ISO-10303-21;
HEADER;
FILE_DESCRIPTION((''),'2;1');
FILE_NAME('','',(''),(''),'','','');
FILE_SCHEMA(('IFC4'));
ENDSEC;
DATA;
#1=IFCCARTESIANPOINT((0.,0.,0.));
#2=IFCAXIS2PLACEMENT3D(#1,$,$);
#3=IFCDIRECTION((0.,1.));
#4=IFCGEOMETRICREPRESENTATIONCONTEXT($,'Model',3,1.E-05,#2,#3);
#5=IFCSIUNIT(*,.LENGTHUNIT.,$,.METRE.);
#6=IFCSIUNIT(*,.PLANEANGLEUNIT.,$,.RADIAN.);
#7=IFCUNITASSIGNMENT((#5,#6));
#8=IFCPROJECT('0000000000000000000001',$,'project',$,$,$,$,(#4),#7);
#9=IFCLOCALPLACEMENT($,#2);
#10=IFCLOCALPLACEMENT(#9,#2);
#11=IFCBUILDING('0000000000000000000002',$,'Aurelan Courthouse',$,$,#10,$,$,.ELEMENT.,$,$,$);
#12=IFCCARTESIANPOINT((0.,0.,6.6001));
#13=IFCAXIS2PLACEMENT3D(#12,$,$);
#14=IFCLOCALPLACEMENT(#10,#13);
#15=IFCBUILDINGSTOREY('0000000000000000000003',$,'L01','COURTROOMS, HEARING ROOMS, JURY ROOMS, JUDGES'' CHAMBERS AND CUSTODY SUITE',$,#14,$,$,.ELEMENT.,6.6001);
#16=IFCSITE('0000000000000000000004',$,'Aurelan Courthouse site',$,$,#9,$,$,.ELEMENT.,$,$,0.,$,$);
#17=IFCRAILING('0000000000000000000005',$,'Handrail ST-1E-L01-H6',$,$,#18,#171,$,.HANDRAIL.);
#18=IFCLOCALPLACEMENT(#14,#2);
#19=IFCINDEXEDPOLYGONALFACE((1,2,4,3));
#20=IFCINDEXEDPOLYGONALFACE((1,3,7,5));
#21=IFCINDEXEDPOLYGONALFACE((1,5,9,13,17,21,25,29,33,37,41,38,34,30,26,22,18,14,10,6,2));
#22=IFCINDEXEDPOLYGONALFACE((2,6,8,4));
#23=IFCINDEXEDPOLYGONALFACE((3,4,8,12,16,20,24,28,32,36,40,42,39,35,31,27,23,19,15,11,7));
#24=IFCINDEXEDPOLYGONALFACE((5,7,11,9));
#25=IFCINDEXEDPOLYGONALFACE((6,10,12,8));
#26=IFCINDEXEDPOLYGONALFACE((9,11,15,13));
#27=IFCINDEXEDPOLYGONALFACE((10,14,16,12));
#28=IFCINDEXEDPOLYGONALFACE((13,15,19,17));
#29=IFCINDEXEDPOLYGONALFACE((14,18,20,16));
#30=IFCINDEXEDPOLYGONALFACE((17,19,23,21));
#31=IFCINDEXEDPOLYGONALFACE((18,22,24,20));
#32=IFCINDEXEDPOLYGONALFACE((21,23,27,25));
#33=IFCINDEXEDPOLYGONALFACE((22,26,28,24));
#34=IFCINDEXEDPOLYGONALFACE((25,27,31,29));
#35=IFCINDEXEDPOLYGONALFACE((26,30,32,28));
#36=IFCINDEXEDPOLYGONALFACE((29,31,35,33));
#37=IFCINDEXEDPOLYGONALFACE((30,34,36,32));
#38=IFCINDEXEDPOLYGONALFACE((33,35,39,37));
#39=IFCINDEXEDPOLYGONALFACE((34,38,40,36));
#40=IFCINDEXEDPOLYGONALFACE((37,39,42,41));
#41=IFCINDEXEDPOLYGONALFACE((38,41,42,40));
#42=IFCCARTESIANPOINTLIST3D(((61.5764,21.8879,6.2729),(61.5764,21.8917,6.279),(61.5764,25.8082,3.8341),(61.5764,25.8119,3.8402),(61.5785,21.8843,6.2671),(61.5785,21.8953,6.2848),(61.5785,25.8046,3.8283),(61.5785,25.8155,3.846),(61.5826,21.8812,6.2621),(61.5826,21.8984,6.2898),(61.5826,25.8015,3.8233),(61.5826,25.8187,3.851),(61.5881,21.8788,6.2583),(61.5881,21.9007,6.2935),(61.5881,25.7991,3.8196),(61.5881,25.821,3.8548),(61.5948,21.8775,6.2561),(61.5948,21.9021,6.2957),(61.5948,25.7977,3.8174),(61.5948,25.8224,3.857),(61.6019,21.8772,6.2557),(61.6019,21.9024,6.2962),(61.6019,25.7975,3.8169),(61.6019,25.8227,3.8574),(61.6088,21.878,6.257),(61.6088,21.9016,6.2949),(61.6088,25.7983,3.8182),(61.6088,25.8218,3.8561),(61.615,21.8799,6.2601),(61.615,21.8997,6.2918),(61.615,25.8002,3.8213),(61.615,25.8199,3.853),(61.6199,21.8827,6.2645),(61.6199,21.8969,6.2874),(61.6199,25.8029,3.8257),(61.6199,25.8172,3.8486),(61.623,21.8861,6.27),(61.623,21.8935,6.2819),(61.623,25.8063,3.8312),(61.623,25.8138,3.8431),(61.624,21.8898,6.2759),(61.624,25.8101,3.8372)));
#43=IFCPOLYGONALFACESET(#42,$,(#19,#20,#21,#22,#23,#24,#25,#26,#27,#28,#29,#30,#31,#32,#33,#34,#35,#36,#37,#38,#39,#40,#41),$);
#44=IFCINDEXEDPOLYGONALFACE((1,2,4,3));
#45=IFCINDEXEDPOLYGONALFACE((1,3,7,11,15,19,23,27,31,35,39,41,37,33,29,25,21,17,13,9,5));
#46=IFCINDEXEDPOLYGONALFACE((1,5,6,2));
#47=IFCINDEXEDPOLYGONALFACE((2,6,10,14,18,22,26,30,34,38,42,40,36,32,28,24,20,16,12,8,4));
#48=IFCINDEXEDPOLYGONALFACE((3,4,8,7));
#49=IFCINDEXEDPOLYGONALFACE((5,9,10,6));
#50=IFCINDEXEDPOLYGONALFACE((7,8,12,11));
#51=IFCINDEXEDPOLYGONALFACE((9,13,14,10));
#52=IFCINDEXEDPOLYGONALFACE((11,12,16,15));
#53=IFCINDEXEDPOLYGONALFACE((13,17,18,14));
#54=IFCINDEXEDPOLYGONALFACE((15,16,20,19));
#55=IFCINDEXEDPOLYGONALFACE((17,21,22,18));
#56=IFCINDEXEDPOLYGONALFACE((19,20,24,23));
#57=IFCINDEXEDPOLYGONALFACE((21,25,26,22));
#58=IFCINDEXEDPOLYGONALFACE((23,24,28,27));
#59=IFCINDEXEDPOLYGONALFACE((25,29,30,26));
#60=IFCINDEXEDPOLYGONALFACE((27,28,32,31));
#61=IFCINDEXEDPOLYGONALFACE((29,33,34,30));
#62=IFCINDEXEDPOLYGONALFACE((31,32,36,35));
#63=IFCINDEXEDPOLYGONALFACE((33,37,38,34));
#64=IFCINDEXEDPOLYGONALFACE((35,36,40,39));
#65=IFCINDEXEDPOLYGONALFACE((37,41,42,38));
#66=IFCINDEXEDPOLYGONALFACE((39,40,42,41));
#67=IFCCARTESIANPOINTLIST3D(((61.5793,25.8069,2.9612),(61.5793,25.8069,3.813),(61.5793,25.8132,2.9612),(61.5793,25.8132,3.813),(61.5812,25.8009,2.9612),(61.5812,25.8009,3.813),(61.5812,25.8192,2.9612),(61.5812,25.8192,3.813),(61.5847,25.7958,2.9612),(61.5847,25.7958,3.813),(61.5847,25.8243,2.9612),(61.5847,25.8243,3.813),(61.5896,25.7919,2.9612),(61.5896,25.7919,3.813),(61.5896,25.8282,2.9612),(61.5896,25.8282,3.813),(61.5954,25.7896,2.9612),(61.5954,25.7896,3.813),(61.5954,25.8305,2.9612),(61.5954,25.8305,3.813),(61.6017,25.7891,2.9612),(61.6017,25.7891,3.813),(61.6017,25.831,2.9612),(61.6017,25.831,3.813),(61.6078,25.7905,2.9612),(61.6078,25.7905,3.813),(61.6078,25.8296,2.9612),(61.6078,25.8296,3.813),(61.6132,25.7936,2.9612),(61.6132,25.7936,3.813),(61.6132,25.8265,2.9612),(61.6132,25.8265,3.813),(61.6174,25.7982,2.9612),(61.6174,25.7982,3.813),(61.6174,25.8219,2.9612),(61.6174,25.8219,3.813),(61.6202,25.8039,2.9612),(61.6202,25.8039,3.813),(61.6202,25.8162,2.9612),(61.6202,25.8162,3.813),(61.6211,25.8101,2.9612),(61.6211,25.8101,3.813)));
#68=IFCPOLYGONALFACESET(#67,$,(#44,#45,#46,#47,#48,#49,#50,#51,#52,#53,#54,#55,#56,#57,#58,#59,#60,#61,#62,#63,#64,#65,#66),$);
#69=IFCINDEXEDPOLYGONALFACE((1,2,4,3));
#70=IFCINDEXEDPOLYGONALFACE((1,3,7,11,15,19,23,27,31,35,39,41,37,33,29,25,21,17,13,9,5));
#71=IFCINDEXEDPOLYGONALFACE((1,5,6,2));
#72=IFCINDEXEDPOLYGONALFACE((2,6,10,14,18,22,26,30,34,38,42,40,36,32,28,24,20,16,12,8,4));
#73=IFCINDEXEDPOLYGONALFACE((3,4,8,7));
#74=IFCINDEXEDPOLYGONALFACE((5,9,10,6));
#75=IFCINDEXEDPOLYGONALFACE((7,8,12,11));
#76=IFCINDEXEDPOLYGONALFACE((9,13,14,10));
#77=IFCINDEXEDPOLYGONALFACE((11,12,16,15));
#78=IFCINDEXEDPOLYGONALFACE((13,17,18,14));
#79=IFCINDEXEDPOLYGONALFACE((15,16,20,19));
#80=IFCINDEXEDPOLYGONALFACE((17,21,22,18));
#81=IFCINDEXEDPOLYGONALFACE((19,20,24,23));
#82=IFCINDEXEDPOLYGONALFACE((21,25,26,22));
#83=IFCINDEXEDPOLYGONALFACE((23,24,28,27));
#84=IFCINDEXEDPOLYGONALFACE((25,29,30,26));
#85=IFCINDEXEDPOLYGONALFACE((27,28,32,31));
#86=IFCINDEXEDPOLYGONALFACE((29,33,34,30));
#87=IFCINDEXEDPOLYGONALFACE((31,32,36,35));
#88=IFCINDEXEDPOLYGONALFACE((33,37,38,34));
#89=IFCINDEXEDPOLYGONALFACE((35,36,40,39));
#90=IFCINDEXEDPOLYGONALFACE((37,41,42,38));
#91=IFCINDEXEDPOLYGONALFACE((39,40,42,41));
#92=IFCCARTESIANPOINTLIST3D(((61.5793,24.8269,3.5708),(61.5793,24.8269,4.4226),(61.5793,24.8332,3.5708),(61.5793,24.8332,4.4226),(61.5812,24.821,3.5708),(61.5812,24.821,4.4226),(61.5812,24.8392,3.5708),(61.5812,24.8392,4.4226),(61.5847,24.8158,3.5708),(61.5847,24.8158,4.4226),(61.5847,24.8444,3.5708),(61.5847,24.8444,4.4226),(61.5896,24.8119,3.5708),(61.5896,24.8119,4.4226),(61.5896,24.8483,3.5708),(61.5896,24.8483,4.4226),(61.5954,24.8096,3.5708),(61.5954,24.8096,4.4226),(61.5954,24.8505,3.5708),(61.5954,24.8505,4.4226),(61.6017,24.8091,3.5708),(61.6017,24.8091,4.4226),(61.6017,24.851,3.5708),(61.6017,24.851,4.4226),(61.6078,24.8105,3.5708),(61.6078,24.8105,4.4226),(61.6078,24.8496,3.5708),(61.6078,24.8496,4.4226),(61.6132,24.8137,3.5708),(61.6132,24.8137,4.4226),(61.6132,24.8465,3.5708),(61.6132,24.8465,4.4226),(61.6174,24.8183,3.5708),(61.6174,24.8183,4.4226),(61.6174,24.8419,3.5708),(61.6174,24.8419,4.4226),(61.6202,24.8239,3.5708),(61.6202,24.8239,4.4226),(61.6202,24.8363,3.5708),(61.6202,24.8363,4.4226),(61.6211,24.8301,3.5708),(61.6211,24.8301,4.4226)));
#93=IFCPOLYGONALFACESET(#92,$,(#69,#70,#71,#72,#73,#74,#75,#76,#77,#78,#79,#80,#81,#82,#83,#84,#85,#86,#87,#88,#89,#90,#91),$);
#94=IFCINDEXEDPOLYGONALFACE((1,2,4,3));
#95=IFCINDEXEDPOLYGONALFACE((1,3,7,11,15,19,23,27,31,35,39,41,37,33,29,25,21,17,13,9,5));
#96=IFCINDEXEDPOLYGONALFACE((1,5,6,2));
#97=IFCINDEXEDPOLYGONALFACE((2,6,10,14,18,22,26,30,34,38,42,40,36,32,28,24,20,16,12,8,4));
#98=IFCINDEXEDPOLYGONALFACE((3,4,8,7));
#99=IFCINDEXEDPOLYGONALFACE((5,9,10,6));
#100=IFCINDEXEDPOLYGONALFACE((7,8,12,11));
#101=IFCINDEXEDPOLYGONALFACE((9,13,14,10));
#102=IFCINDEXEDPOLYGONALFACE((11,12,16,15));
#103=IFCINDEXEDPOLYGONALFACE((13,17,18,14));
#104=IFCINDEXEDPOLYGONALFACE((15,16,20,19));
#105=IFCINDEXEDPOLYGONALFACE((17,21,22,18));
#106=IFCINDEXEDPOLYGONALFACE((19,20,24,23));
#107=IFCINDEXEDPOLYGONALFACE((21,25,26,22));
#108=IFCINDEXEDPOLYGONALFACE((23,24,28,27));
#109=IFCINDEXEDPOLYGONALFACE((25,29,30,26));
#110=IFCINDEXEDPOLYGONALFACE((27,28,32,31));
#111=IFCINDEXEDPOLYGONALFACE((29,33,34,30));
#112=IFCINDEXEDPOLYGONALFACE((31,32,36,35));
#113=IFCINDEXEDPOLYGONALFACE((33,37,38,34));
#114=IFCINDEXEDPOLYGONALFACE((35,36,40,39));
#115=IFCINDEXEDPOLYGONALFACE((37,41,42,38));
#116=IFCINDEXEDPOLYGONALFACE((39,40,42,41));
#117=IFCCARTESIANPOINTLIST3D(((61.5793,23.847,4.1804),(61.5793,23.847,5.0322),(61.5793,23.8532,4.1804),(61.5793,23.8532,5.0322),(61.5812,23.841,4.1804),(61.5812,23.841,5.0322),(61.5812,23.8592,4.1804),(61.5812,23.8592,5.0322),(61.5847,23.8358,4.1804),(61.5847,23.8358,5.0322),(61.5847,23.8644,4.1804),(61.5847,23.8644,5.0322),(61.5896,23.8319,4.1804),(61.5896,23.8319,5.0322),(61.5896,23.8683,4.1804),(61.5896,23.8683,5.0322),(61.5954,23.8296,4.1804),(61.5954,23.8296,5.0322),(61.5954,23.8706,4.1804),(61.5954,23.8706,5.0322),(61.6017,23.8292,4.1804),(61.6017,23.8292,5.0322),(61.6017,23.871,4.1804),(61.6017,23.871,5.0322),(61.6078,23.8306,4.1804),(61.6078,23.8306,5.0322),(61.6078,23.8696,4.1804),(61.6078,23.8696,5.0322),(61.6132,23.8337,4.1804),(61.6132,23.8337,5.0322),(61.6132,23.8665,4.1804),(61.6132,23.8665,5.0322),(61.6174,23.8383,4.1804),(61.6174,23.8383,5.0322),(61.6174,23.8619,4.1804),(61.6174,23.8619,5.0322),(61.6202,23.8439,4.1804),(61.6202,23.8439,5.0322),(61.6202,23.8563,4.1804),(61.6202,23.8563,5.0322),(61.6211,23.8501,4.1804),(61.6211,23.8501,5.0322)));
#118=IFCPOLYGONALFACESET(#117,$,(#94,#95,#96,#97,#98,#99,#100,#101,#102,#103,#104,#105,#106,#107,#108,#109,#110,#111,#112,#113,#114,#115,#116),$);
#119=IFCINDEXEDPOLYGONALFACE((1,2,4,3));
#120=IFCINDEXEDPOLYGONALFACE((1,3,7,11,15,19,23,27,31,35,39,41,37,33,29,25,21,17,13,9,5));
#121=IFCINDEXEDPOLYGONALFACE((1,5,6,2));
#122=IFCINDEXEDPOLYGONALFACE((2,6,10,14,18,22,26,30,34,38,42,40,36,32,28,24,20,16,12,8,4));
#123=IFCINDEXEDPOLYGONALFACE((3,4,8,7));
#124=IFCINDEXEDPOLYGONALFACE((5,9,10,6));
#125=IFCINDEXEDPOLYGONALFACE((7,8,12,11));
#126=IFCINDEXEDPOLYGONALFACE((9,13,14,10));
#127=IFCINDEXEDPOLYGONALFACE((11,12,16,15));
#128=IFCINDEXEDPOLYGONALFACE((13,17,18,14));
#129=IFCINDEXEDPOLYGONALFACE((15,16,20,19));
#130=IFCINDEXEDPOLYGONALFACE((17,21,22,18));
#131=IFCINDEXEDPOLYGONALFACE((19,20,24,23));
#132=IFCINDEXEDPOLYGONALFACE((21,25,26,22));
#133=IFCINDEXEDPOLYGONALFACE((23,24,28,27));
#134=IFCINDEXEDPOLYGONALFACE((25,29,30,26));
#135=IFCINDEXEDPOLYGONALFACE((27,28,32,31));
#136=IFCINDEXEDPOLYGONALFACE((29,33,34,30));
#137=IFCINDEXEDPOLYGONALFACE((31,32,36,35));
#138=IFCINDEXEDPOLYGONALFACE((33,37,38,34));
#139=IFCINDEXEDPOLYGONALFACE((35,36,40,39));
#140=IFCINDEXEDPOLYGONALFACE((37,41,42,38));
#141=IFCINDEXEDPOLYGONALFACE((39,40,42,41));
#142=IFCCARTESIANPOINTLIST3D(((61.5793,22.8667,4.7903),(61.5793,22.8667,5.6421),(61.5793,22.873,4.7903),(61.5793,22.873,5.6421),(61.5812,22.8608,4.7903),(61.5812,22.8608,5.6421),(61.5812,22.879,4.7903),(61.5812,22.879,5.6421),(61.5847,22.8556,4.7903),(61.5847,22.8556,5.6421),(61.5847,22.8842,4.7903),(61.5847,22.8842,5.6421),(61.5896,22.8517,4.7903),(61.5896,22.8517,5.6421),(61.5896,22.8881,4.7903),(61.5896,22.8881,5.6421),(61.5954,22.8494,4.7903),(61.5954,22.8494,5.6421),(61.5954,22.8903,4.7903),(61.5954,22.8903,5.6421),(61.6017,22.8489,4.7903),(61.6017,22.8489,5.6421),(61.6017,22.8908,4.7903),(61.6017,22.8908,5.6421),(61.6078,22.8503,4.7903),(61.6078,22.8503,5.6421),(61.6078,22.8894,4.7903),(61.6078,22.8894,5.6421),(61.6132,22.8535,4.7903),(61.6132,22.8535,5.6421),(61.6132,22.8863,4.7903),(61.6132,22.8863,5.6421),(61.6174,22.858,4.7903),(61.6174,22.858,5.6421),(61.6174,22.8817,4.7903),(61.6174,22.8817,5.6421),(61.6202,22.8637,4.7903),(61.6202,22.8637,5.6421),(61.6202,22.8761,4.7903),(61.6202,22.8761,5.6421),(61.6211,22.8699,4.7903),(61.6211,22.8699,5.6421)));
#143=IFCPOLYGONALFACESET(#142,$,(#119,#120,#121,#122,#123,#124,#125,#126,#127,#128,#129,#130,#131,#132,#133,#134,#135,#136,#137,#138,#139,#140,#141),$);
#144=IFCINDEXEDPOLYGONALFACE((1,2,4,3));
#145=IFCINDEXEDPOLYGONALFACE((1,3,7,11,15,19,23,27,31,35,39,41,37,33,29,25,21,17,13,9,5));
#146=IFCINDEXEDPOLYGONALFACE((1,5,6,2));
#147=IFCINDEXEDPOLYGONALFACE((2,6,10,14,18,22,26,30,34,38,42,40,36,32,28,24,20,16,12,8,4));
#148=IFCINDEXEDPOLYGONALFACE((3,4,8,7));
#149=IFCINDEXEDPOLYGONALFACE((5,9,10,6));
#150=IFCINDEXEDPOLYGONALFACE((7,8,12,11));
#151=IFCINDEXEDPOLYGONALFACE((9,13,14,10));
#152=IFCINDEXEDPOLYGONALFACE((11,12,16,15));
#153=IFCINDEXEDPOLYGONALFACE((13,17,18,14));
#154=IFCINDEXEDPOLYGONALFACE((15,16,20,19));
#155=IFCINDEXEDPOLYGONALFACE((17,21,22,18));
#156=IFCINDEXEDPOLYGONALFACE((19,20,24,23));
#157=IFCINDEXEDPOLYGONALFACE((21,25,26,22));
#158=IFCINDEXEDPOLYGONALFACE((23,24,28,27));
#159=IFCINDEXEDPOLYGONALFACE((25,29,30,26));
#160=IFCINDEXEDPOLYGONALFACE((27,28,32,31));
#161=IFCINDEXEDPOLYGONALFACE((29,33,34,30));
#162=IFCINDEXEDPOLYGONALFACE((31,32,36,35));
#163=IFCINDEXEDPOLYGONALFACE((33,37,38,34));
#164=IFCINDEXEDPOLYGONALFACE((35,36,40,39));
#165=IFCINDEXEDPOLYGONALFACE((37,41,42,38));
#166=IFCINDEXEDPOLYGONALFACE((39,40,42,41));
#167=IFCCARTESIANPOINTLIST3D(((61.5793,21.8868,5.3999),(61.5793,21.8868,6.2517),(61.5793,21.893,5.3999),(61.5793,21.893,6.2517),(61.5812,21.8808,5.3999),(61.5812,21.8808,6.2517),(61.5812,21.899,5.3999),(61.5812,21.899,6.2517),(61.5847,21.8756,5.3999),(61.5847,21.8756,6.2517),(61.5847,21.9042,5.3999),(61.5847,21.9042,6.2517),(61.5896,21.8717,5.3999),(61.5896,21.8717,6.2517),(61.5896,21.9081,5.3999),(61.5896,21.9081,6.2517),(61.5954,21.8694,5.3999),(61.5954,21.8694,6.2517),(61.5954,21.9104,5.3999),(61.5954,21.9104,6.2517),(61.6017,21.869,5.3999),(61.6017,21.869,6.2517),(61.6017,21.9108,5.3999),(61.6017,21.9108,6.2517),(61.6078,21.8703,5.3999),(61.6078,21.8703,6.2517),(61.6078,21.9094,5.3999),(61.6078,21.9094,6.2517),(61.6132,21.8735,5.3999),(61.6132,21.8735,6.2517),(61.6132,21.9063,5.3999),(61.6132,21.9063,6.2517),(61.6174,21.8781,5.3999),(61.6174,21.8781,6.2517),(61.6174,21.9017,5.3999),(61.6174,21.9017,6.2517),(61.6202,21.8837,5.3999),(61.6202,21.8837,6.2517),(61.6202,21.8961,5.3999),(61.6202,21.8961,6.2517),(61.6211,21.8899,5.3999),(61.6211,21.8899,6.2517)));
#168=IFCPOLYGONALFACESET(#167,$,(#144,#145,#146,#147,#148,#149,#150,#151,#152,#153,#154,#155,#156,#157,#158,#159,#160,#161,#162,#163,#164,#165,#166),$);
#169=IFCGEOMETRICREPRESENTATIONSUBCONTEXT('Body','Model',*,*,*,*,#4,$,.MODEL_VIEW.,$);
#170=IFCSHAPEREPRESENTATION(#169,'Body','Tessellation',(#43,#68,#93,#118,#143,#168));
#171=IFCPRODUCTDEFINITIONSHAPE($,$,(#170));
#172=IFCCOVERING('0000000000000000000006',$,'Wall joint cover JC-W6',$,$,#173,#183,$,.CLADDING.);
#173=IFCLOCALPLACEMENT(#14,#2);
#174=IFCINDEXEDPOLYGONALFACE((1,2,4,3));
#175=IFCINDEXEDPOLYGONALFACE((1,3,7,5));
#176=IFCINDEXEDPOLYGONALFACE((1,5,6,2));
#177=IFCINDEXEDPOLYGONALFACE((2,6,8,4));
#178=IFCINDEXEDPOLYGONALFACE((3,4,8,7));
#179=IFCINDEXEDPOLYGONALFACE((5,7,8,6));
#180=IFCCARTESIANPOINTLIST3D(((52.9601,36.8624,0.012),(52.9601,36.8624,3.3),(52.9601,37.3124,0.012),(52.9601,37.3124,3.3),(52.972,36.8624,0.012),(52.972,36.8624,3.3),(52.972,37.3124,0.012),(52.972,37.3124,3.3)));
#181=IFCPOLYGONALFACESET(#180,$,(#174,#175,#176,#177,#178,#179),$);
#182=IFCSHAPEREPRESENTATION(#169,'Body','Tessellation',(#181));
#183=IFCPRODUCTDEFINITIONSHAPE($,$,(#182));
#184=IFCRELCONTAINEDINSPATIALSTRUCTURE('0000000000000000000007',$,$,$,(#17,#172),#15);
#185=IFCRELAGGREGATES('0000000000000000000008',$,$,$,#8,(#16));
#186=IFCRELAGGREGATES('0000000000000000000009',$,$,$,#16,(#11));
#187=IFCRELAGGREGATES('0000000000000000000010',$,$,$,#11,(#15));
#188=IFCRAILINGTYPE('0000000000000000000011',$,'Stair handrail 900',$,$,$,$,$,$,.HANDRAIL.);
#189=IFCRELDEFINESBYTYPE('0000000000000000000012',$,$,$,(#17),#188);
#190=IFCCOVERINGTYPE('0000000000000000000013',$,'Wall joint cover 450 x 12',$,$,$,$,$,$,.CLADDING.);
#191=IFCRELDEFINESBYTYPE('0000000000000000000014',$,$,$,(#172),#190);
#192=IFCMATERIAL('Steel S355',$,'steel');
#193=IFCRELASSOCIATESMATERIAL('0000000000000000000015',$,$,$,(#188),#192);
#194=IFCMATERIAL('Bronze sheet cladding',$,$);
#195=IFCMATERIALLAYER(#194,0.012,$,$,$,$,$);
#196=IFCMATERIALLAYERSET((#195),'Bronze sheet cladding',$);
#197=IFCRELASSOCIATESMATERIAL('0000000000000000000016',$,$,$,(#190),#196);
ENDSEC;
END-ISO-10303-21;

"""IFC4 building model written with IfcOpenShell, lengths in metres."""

from ifc_helpers import new_model, si_unit, direction, frame, origin, origin_2d, place, context, subcontext, project, spatial, rectangle, circle, extrude, material, layer, layer_set, type_object, element, save


model = new_model("IFC4")

# Units and contexts
model_context = context("Model", 3, precision=1e-05, world=origin(), true_north=direction((0.0, 1.0)))
body_context = subcontext(model_context, "Body", "Model", "MODEL_VIEW")
ifc_project = project(units=[si_unit("LENGTHUNIT", "METRE"), si_unit("PLANEANGLEUNIT", "RADIAN")], contexts=[model_context])

# Site, building, storey
site_placement = place(None, origin())
site = spatial("IfcSite", under=ifc_project, at=site_placement, Name="Aurelan Courthouse site", CompositionType="ELEMENT", RefElevation=0.0)
building_placement = place(site_placement, origin())
building = spatial("IfcBuilding", under=site, at=building_placement, Name="Aurelan Courthouse", CompositionType="ELEMENT")
storey_placement = place(building_placement, frame((0.0, 0.0, 6.6001)))
storey = spatial("IfcBuildingStorey", under=building, at=storey_placement, Name="L01", Description="COURTROOMS, HEARING ROOMS, JURY ROOMS, JUDGES' CHAMBERS AND CUSTODY SUITE", CompositionType="ELEMENT", Elevation=6.6001)

# Shared definitions
ifc_material_1 = material(Name="Bronze sheet cladding")

# Railing
ifc_material_2 = material(Name="Steel S355", Category="steel")
railing_type_1 = type_object("IfcRailingType", Name="Stair handrail 900", PredefinedType="HANDRAIL", material=ifc_material_2)
for number, where, name in (
    (1, (61.6001, 25.8101, 2.9612), "Handrail ST-1E-L01-H6"),
):
    element("IfcRailing", number, at=place(storey_placement, frame(where)), inside=storey, type_object=railing_type_1, Name=name, PredefinedType="HANDRAIL", context=body_context, shape_type="SweptSolid", body=[
        extrude(circle(Radius=0.0239, at=origin_2d()), frame((0.0, 0.0, 0.876), z_axis=(0.0, -0.849105, 0.528225), x_axis=(1.0, 0.0, 0.0)), (0.0, 0.0, 1.0), 4.6169),
        extrude(circle(Radius=0.021, at=origin_2d()), origin(), (0.0, 0.0, 1.0), 0.8518),
        extrude(circle(Radius=0.021, at=origin_2d()), frame((0.0, -0.98, 0.6096)), (0.0, 0.0, 1.0), 0.8518),
        extrude(circle(Radius=0.021, at=origin_2d()), frame((0.0, -1.96, 1.2192)), (0.0, 0.0, 1.0), 0.8518),
        extrude(circle(Radius=0.021, at=origin_2d()), frame((0.0, -2.9402, 1.8291)), (0.0, 0.0, 1.0), 0.8518),
        extrude(circle(Radius=0.021, at=origin_2d()), frame((0.0, -3.9202, 2.4387)), (0.0, 0.0, 1.0), 0.8518),
    ])

# Covering
ifc_layer_1 = layer(ifc_material_1, 0.012)
ifc_layer_set_1 = layer_set([ifc_layer_1], Name="Bronze sheet cladding")
covering_type_1 = type_object("IfcCoveringType", Name="Wall joint cover 450 x 12", PredefinedType="CLADDING", material=ifc_layer_set_1)
covering_1_placement = place(storey_placement, frame((52.9661, 37.0874, 0.012), z_axis=(0.0, 0.0, 1.0), x_axis=(1.0, 0.0, 0.0)))
element("IfcCovering", 2, at=covering_1_placement, inside=storey, type_object=covering_type_1, Name="Wall joint cover JC-W6", PredefinedType="CLADDING", context=body_context, shape_type="SweptSolid", body=[
    extrude(rectangle(XDim=0.012, YDim=0.45, at=origin_2d()), origin(), (0.0, 0.0, 1.0), 3.2881),
])

save(model, "model.ifc")
